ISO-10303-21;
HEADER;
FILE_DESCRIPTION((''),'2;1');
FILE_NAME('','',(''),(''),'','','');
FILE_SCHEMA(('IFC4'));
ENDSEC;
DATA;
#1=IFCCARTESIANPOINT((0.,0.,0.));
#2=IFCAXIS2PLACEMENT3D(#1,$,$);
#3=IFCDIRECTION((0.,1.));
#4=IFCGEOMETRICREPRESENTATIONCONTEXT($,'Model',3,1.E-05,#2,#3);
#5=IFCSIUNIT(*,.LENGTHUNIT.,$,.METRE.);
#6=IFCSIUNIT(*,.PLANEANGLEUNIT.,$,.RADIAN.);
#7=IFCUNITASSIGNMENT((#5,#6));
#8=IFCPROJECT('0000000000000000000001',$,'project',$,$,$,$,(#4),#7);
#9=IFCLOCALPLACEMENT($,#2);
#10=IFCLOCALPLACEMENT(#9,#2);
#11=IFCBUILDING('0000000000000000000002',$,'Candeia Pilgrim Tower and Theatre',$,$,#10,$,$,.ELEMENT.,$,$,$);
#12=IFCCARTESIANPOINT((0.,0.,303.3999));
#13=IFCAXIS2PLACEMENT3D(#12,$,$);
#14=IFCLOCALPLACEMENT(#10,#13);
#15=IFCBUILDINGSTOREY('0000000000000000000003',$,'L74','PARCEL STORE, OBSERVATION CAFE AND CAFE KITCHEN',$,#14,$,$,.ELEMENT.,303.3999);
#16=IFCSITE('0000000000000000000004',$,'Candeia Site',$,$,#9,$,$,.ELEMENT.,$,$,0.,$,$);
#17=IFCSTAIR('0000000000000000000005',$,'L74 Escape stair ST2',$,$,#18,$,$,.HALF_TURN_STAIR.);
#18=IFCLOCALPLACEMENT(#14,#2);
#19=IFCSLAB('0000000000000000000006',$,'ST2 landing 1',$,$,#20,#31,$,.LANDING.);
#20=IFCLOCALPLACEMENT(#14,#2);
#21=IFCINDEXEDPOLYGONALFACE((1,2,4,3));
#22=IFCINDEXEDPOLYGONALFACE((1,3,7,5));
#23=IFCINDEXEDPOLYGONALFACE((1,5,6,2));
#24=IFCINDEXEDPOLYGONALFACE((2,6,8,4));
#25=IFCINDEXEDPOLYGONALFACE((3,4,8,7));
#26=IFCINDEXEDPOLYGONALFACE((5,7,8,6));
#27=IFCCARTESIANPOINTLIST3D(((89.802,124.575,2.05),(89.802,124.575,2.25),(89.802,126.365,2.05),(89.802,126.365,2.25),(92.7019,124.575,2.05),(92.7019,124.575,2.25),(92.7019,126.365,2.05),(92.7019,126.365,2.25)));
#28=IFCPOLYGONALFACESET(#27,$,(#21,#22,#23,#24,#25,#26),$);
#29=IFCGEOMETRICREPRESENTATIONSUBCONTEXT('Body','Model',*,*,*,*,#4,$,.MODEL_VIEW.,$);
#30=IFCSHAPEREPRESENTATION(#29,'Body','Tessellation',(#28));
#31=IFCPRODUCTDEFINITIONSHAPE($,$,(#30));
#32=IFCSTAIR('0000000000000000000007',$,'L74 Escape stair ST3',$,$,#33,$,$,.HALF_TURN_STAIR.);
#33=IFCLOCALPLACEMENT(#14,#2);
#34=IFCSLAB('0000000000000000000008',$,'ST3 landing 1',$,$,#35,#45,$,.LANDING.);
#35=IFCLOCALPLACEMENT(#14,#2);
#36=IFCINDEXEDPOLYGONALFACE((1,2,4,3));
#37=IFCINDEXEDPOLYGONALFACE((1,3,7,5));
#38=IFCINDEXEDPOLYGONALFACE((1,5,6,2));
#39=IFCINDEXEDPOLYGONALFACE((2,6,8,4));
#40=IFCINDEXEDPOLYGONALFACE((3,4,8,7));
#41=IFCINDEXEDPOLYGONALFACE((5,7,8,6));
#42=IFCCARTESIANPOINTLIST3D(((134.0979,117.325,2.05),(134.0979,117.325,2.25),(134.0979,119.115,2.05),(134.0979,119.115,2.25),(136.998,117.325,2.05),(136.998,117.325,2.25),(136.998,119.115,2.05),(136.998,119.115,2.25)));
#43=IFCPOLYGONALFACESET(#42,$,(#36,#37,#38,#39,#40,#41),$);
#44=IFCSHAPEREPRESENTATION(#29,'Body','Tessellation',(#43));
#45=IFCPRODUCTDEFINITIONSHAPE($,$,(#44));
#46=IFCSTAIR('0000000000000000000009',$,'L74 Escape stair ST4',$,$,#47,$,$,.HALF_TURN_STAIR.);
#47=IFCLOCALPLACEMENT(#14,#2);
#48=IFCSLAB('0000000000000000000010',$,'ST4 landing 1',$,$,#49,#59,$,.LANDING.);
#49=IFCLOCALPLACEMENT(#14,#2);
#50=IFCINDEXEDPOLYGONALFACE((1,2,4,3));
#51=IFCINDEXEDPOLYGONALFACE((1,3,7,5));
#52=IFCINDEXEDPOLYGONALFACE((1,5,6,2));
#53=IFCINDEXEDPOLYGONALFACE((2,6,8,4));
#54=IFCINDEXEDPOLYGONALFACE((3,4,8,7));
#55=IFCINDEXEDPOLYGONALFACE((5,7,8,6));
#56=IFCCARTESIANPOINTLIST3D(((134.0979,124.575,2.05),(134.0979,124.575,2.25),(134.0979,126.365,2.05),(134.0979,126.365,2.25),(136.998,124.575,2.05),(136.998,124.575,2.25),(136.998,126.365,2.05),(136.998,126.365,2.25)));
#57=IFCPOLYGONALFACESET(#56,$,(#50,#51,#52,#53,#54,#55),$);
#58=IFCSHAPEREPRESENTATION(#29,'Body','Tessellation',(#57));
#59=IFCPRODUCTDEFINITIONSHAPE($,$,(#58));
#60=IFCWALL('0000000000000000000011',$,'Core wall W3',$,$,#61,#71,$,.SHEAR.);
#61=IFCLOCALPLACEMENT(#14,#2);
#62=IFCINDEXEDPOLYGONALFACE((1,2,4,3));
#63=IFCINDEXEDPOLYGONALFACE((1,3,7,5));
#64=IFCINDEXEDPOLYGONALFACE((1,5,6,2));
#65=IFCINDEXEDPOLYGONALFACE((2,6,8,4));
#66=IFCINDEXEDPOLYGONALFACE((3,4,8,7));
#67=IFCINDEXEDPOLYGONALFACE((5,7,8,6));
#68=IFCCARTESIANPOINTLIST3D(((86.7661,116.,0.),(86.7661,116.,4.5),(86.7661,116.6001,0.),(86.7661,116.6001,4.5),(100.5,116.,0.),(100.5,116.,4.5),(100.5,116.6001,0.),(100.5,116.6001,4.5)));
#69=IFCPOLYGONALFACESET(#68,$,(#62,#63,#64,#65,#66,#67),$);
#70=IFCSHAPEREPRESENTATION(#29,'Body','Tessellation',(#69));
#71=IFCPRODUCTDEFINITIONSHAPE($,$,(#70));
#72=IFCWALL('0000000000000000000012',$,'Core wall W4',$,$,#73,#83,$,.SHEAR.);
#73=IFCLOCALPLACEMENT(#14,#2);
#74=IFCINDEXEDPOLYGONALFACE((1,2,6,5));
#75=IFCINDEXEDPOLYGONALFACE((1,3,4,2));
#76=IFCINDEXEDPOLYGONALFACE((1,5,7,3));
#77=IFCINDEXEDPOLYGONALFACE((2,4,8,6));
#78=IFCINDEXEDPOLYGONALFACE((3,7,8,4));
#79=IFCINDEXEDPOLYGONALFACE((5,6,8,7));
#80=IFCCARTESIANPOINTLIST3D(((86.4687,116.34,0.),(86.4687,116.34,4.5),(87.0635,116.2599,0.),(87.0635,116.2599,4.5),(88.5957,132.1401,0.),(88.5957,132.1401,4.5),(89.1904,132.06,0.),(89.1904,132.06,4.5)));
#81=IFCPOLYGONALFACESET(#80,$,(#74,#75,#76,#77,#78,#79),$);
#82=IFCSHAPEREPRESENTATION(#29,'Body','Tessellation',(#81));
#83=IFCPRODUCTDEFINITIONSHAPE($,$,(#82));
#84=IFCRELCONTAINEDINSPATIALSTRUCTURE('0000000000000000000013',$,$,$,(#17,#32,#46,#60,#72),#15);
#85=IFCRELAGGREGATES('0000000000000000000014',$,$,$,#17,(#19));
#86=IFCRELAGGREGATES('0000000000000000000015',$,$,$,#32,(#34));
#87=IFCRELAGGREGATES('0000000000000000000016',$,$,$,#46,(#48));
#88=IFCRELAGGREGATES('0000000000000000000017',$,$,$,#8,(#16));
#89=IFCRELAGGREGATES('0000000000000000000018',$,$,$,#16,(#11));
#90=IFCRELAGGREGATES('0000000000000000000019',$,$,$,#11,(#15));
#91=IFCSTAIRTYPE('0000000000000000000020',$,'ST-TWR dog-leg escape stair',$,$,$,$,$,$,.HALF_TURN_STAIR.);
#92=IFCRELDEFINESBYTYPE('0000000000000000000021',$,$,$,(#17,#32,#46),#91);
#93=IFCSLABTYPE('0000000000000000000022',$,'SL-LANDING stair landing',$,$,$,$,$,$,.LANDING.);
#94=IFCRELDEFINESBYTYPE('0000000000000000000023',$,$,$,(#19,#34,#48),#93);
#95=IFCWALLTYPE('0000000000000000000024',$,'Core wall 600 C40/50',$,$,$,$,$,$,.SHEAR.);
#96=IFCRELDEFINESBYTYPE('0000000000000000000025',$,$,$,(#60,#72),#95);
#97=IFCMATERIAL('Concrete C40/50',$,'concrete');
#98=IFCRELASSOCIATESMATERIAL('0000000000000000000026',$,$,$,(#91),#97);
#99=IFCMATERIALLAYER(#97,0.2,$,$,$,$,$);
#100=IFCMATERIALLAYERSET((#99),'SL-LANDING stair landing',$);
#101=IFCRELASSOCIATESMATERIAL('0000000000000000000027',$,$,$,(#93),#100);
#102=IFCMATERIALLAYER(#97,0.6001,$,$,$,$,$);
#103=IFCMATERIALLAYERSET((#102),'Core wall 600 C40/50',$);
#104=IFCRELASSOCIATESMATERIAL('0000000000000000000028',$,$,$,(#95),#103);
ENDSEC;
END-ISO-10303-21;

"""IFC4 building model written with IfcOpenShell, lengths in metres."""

from ifc_helpers import new_model, si_unit, direction, frame, frame_2d, origin, place, context, subcontext, project, spatial, polyline, rectangle, outline, extrude, material, layer, layer_set, type_object, element, aggregate, save


model = new_model("IFC4")

# Units and contexts
model_context = context("Model", 3, precision=1e-05, world=origin(), true_north=direction((0.0, 1.0)))
body_context = subcontext(model_context, "Body", "Model", "MODEL_VIEW")
ifc_project = project(units=[si_unit("LENGTHUNIT", "METRE"), si_unit("PLANEANGLEUNIT", "RADIAN")], contexts=[model_context])

# Site, building, storey
site_placement = place(None, origin())
site = spatial("IfcSite", under=ifc_project, at=site_placement, Name="Candeia Site", CompositionType="ELEMENT", RefElevation=0.0)
building_placement = place(site_placement, origin())
building = spatial("IfcBuilding", under=site, at=building_placement, Name="Candeia Pilgrim Tower and Theatre", CompositionType="ELEMENT")
storey_placement = place(building_placement, frame((0.0, 0.0, 303.3999)))
storey = spatial("IfcBuildingStorey", under=building, at=storey_placement, Name="L74", Description="PARCEL STORE, OBSERVATION CAFE AND CAFE KITCHEN", CompositionType="ELEMENT", Elevation=303.3999)

# Shared definitions
ifc_material_1 = material(Name="Concrete C40/50", Category="concrete")

# Stairs, slabs
stair_type = type_object("IfcStairType", Name="ST-TWR dog-leg escape stair", PredefinedType="HALF_TURN_STAIR", material=ifc_material_1)
ifc_layer_1 = layer(ifc_material_1, 0.2)
ifc_layer_set_1 = layer_set([ifc_layer_1], Name="SL-LANDING stair landing")
slab_type_1 = type_object("IfcSlabType", Name="SL-LANDING stair landing", PredefinedType="LANDING", material=ifc_layer_set_1)
stair_1_placement = place(storey_placement, origin())
stair_1 = element("IfcStair", 1, at=stair_1_placement, inside=storey, type_object=stair_type, Name="L74 Escape stair ST2", PredefinedType="HALF_TURN_STAIR")
slab_1_placement = place(storey_placement, frame((0.0, 0.0, 2.05)))
slab_1 = element("IfcSlab", 2, at=slab_1_placement, type_object=slab_type_1, Name="ST2 landing 1", PredefinedType="LANDING", context=body_context, shape_type="SweptSolid", body=[
    extrude(outline(polyline([(89.802, 126.365), (89.802, 124.575), (92.7019, 124.575), (92.7019, 126.365), (89.802, 126.365)])), origin(), (0.0, 0.0, 1.0), 0.2),
])
aggregate(stair_1, [slab_1])
stair_2_placement = place(storey_placement, origin())
stair_2 = element("IfcStair", 3, at=stair_2_placement, inside=storey, type_object=stair_type, Name="L74 Escape stair ST3", PredefinedType="HALF_TURN_STAIR")
slab_2_placement = place(storey_placement, frame((0.0, 0.0, 2.05)))
slab_2 = element("IfcSlab", 4, at=slab_2_placement, type_object=slab_type_1, Name="ST3 landing 1", PredefinedType="LANDING", context=body_context, shape_type="SweptSolid", body=[
    extrude(outline(polyline([(134.0979, 119.115), (134.0979, 117.325), (136.998, 117.325), (136.998, 119.115), (134.0979, 119.115)])), origin(), (0.0, 0.0, 1.0), 0.2),
])
aggregate(stair_2, [slab_2])
stair_3_placement = place(storey_placement, origin())
stair_3 = element("IfcStair", 5, at=stair_3_placement, inside=storey, type_object=stair_type, Name="L74 Escape stair ST4", PredefinedType="HALF_TURN_STAIR")
slab_3_placement = place(storey_placement, frame((0.0, 0.0, 2.05)))
slab_3 = element("IfcSlab", 6, at=slab_3_placement, type_object=slab_type_1, Name="ST4 landing 1", PredefinedType="LANDING", context=body_context, shape_type="SweptSolid", body=[
    extrude(outline(polyline([(134.0979, 126.365), (134.0979, 124.575), (136.998, 124.575), (136.998, 126.365), (134.0979, 126.365)])), origin(), (0.0, 0.0, 1.0), 0.2),
])
aggregate(stair_3, [slab_3])

# Walls
ifc_layer_2 = layer(ifc_material_1, 0.6001)
ifc_layer_set_2 = layer_set([ifc_layer_2], Name="Core wall 600 C40/50")
wall_type_1 = type_object("IfcWallType", Name="Core wall 600 C40/50", PredefinedType="SHEAR", material=ifc_layer_set_2)
wall_1_placement = place(storey_placement, frame((100.5, 116.3, 0.0), z_axis=(0.0, 0.0, 1.0), x_axis=(-1.0, 0.0, 0.0)))
element("IfcWall", 7, at=wall_1_placement, inside=storey, type_object=wall_type_1, Name="Core wall W3", PredefinedType="SHEAR", context=body_context, shape_type="SweptSolid", body=[
    extrude(rectangle(XDim=13.7339, YDim=0.6001, at=frame_2d((6.8669, 0.0))), origin(), (0.0, 0.0, 1.0), 4.5),
])
wall_2_placement = place(storey_placement, frame((86.7661, 116.3, 0.0), z_axis=(0.0, 0.0, 1.0), x_axis=(0.133413, 0.99106, 0.0)))
element("IfcWall", 8, at=wall_2_placement, inside=storey, type_object=wall_type_1, Name="Core wall W4", PredefinedType="SHEAR", context=body_context, shape_type="SweptSolid", body=[
    extrude(rectangle(XDim=15.9426, YDim=0.6001, at=frame_2d((7.9712, 0.0))), origin(), (0.0, 0.0, 1.0), 4.5),
])

save(model, "model.ifc")
